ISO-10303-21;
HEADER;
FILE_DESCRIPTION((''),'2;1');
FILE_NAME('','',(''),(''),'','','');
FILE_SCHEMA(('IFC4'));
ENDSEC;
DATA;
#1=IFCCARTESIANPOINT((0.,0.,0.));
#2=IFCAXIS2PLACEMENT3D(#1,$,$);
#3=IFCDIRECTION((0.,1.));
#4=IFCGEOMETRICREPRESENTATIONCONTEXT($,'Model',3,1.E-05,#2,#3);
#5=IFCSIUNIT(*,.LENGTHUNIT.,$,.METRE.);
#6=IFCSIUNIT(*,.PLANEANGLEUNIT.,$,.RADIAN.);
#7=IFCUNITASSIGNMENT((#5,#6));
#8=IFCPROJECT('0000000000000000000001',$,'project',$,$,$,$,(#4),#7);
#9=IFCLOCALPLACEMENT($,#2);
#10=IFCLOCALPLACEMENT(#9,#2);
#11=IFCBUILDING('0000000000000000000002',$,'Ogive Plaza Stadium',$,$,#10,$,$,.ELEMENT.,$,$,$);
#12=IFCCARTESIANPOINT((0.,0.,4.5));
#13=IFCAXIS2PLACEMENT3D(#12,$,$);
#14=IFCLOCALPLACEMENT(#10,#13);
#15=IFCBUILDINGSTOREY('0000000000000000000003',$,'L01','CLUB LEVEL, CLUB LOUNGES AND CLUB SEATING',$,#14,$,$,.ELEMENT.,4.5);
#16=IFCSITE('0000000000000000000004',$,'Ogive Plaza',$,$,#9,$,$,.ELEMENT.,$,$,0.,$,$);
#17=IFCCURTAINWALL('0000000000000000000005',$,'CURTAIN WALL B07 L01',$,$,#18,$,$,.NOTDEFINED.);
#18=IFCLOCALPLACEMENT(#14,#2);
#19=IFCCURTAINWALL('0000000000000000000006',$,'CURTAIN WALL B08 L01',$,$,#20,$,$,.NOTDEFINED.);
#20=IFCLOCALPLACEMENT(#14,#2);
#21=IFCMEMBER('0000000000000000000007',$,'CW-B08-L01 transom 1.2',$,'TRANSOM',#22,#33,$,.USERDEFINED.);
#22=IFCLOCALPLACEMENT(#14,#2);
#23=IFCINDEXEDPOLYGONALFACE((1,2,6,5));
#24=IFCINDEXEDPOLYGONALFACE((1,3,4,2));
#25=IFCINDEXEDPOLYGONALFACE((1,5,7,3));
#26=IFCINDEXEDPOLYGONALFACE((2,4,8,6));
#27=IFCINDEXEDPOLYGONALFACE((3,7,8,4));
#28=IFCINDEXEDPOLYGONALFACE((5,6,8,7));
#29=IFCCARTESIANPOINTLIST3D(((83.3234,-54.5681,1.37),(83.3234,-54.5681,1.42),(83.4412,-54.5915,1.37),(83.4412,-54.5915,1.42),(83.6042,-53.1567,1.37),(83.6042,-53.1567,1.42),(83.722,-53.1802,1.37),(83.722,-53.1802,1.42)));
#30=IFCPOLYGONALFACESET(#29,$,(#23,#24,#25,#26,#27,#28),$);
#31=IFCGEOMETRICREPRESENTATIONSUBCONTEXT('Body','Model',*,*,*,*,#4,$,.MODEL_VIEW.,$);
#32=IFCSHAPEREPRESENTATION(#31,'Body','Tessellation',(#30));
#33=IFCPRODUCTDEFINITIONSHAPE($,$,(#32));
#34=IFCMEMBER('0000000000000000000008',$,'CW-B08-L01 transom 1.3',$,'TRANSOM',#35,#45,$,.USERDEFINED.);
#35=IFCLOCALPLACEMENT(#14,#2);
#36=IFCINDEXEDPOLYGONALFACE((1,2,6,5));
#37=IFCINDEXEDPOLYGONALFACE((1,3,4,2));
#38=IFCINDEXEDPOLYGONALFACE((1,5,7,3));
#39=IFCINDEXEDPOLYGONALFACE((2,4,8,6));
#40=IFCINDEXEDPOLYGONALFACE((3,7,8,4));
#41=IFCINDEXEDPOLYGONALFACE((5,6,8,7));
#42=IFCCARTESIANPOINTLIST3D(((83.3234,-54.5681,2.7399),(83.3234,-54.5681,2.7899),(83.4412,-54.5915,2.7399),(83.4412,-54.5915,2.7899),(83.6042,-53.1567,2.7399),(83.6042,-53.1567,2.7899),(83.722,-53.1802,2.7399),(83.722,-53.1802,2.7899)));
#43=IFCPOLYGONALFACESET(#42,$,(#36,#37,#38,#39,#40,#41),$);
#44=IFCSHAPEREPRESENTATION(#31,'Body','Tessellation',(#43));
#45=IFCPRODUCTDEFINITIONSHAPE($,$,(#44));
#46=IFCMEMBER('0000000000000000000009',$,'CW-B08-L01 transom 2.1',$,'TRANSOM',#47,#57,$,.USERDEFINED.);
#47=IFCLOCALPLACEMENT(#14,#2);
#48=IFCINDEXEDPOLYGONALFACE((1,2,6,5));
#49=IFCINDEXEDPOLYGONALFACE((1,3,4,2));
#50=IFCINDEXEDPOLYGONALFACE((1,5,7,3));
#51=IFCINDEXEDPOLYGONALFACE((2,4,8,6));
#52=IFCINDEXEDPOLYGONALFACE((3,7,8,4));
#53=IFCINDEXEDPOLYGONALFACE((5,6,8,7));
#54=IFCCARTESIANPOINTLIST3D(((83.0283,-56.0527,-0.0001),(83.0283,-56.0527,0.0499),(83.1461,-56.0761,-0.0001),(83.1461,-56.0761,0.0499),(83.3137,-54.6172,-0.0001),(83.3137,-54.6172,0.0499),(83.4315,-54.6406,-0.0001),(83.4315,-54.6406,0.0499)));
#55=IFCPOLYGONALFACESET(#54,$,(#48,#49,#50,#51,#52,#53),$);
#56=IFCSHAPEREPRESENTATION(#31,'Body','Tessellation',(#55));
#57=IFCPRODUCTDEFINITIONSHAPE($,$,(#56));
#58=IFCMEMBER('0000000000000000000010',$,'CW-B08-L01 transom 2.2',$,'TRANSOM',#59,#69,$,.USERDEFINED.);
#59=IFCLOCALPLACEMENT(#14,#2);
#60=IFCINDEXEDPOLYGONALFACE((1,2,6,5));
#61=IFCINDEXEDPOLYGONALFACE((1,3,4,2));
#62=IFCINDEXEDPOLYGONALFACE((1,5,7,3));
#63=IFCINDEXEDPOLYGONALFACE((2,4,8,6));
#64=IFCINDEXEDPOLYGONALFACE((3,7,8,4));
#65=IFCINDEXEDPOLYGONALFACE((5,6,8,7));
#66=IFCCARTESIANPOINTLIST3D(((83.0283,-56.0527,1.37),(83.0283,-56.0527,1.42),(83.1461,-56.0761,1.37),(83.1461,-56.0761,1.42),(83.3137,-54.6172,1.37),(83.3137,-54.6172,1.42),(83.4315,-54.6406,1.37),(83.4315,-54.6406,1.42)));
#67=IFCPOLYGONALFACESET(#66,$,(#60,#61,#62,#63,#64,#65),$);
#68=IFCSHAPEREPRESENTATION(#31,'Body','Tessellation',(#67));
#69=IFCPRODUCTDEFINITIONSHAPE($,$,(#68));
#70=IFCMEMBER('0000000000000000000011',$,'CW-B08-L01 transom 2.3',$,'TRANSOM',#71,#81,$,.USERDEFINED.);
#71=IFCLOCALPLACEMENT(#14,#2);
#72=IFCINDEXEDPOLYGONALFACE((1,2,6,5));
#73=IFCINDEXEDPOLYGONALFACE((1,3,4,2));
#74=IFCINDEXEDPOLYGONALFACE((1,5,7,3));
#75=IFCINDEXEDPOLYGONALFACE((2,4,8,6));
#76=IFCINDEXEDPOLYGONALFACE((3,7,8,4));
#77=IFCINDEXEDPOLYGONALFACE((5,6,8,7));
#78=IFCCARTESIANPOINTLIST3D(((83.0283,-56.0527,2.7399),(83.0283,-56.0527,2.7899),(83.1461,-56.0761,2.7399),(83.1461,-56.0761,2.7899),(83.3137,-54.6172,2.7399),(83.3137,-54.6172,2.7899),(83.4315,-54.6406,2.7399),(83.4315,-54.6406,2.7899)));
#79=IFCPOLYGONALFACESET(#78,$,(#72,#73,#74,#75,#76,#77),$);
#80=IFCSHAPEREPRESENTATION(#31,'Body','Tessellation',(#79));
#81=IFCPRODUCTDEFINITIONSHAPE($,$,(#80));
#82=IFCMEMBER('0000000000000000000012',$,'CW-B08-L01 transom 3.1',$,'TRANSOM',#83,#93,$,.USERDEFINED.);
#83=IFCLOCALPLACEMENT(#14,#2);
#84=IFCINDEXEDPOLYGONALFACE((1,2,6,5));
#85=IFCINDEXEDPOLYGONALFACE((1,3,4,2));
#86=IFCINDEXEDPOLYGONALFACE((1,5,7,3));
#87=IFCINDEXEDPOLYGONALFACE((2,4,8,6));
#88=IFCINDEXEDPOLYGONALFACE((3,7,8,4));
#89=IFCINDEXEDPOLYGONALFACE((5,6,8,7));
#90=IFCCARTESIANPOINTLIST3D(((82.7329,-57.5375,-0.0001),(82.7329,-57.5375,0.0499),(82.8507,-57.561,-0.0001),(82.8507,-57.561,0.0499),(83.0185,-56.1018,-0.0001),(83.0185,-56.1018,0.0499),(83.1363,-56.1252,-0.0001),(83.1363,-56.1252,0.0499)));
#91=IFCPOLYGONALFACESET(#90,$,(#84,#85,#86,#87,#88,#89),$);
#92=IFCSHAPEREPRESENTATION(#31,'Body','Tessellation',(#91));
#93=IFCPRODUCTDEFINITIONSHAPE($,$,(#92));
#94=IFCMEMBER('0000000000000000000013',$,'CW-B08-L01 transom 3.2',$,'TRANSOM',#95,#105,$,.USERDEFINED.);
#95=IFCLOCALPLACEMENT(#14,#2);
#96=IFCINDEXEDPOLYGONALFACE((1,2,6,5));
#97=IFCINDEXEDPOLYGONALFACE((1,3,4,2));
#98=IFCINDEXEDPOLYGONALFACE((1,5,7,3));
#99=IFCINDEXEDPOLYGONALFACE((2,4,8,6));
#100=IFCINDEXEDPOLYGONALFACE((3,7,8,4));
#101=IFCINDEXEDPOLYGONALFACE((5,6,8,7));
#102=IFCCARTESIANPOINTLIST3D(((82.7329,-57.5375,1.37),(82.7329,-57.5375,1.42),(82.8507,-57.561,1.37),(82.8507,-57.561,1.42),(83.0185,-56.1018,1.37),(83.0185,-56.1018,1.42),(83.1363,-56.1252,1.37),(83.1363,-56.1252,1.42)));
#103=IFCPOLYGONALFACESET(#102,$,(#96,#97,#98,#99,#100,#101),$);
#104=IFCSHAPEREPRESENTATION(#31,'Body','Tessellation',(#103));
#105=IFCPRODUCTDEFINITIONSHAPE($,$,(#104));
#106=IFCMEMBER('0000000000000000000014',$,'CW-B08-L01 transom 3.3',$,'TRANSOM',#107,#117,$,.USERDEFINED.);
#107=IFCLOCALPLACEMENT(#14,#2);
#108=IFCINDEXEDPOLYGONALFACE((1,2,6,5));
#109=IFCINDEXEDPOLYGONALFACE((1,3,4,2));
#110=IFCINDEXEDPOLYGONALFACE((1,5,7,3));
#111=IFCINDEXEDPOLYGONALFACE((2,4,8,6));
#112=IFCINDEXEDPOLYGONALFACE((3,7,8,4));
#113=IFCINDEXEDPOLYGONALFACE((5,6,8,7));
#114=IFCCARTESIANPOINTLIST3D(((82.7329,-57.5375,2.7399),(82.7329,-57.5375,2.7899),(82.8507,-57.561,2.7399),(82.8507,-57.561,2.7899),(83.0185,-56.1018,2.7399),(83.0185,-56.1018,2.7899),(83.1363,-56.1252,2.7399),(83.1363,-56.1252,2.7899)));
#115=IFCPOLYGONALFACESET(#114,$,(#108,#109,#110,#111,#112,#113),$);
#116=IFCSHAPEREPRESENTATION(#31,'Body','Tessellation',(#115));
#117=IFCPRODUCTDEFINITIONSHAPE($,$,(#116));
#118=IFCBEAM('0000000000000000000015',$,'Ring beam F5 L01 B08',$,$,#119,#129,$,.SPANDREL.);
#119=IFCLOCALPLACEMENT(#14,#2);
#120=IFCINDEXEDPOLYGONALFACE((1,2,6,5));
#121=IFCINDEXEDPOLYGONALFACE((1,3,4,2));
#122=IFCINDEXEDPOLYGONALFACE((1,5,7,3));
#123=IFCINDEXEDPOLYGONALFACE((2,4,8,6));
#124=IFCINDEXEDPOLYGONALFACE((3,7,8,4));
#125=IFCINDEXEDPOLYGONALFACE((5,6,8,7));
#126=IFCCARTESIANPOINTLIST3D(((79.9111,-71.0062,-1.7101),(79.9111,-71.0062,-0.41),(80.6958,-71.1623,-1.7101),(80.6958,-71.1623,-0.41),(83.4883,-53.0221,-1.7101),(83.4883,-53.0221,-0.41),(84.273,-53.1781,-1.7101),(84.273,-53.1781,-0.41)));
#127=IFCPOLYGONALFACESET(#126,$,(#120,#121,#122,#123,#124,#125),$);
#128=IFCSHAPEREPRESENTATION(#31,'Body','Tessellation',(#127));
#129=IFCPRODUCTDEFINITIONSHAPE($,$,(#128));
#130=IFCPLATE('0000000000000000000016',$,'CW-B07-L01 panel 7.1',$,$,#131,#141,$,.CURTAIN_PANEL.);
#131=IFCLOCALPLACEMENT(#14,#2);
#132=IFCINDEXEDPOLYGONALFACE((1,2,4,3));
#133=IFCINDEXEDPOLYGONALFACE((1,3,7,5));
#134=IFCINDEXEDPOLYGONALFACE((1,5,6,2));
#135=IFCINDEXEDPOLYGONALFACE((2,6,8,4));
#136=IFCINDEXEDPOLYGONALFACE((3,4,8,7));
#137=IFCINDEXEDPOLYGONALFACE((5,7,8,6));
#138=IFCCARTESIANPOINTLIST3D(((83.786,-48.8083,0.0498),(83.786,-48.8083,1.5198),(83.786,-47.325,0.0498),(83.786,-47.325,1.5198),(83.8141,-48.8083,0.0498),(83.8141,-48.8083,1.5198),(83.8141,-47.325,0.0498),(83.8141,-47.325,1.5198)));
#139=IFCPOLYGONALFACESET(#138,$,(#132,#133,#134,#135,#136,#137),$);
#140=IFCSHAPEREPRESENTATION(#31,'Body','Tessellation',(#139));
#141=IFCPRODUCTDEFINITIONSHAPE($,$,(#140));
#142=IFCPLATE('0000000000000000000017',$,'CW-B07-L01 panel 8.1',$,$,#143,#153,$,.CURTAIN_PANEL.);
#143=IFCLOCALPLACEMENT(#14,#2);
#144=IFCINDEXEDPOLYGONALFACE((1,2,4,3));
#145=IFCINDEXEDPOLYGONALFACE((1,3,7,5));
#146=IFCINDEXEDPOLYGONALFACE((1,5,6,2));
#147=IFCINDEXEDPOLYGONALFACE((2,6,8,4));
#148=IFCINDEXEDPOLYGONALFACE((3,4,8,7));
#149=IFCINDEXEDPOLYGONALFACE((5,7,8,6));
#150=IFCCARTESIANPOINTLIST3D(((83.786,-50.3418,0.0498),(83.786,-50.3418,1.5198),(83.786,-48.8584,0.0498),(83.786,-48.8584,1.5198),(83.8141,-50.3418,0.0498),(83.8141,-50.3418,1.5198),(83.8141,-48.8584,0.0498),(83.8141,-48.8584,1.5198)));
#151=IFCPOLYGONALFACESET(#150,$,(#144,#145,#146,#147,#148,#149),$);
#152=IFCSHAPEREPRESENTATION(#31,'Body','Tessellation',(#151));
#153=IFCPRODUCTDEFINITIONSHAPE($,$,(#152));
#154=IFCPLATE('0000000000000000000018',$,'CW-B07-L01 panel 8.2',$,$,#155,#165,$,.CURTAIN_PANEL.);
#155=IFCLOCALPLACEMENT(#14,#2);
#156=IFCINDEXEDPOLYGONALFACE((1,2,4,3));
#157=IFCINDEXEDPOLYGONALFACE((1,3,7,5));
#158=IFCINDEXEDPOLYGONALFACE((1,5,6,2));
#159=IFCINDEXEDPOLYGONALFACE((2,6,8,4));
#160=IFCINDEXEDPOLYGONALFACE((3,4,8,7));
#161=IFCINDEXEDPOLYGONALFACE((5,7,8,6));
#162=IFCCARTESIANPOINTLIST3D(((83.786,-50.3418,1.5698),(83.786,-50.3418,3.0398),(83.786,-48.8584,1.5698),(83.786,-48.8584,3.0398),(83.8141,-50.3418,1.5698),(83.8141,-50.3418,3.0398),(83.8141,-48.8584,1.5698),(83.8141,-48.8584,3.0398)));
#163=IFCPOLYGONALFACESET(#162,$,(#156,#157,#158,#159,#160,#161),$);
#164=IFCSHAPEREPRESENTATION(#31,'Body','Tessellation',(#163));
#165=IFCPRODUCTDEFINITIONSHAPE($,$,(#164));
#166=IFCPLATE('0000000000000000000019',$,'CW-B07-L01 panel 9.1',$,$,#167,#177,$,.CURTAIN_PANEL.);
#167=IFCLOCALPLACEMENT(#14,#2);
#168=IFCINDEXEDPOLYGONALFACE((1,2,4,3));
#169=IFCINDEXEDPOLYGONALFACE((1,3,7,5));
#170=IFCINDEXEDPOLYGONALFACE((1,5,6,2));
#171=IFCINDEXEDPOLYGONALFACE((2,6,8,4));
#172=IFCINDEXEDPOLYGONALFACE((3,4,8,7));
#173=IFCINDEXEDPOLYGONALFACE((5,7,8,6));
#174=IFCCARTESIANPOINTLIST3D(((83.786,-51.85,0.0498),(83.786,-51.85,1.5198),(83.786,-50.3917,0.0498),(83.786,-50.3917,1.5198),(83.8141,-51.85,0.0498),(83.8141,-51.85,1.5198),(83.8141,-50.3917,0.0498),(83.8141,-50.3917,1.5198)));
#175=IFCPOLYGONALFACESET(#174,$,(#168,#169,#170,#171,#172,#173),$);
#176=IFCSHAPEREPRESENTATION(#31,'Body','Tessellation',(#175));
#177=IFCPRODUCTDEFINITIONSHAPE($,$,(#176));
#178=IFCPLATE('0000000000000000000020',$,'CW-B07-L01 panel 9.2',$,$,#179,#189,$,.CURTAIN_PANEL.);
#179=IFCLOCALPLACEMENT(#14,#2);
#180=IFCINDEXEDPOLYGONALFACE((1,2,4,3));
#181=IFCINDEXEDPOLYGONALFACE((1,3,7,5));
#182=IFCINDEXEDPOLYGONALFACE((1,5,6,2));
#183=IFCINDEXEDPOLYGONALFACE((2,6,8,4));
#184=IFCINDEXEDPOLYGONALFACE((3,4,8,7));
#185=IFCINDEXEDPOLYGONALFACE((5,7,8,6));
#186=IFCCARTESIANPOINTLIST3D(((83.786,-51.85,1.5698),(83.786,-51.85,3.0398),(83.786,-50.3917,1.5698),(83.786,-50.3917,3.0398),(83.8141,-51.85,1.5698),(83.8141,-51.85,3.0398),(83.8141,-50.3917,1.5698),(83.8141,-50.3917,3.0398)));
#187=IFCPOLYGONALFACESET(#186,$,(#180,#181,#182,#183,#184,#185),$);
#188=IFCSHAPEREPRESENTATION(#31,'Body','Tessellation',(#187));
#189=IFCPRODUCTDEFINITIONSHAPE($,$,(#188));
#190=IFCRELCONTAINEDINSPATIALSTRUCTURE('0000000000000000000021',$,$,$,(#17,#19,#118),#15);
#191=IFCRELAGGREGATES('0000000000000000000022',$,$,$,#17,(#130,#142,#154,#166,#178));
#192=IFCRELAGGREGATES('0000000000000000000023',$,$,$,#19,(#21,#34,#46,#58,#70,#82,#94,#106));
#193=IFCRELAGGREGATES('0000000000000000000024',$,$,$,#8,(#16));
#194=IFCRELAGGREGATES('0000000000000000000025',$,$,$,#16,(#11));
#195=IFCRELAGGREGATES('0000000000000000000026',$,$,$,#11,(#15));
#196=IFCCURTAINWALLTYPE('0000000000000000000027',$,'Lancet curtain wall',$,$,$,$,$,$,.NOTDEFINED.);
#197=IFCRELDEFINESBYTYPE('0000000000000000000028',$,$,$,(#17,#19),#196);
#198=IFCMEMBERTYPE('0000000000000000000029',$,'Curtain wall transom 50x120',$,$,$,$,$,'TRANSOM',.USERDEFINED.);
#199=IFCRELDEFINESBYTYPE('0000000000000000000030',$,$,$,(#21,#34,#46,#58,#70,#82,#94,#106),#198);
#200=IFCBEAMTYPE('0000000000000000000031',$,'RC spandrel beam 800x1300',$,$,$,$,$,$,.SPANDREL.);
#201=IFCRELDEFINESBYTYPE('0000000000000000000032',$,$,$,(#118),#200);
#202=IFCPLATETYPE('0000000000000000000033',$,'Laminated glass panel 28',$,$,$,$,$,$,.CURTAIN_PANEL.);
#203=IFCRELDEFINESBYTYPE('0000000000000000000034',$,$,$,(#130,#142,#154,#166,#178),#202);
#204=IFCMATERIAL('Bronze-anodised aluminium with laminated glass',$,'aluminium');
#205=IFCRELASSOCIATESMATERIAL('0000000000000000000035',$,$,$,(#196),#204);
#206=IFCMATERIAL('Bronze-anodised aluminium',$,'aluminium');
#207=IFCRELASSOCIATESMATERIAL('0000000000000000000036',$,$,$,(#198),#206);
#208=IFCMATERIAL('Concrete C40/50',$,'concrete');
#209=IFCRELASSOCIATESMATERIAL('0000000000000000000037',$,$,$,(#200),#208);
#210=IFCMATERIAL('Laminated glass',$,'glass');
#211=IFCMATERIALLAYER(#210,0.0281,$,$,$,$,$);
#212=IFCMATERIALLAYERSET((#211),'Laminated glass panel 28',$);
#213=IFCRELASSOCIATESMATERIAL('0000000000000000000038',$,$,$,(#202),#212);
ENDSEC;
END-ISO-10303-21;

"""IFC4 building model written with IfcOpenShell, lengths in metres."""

from ifc_helpers import new_model, si_unit, direction, frame, origin, origin_2d, place, context, subcontext, project, spatial, rectangle, extrude, material, layer, layer_set, material_profile, profile_set, type_object, element, aggregate, save


model = new_model("IFC4")

# Units and contexts
model_context = context("Model", 3, precision=1e-05, world=origin(), true_north=direction((0.0, 1.0)))
body_context = subcontext(model_context, "Body", "Model", "MODEL_VIEW")
ifc_project = project(units=[si_unit("LENGTHUNIT", "METRE"), si_unit("PLANEANGLEUNIT", "RADIAN")], contexts=[model_context])

# Site, building, storey
site_placement = place(None, origin())
site = spatial("IfcSite", under=ifc_project, at=site_placement, Name="Ogive Plaza", CompositionType="ELEMENT", RefElevation=0.0)
building_placement = place(site_placement, origin())
building = spatial("IfcBuilding", under=site, at=building_placement, Name="Ogive Plaza Stadium", CompositionType="ELEMENT")
storey_placement = place(building_placement, frame((0.0, 0.0, 4.5)))
storey = spatial("IfcBuildingStorey", under=building, at=storey_placement, Name="L01", Description="CLUB LEVEL, CLUB LOUNGES AND CLUB SEATING", CompositionType="ELEMENT", Elevation=4.5)

# Curtain walls
ifc_material_1 = material(Name="Bronze-anodised aluminium with laminated glass", Category="aluminium")
curtain_wall_type = type_object("IfcCurtainWallType", Name="Lancet curtain wall", PredefinedType="NOTDEFINED", material=ifc_material_1)
curtain_wall_1_placement = place(storey_placement, origin())
curtain_wall_1 = element("IfcCurtainWall", 1, at=curtain_wall_1_placement, inside=storey, type_object=curtain_wall_type, Name="CURTAIN WALL B07 L01", PredefinedType="NOTDEFINED")
curtain_wall_2_placement = place(storey_placement, origin())
curtain_wall_2 = element("IfcCurtainWall", 2, at=curtain_wall_2_placement, inside=storey, type_object=curtain_wall_type, Name="CURTAIN WALL B08 L01", PredefinedType="NOTDEFINED")

# Members
ifc_material_2 = material(Name="Bronze-anodised aluminium", Category="aluminium")
ifc_material_profile_1 = material_profile(ifc_material_2, rectangle(XDim=0.1201, YDim=0.05, at=origin_2d()), Name="AL 120x50")
ifc_profile_set_1 = profile_set([ifc_material_profile_1], Name="Bronze-anodised aluminium")
member_type_1 = type_object("IfcMemberType", Name="Curtain wall transom 50x120", ElementType="TRANSOM", PredefinedType="USERDEFINED", material=ifc_profile_set_1)
member_1_placement = place(storey_placement, frame((83.6631, -53.1685, 1.395), z_axis=(-0.195105, -0.980782, 0.0), x_axis=(0.980782, -0.195105, 0.0)))
member_1 = element("IfcMember", 3, at=member_1_placement, type_object=member_type_1, Name="CW-B08-L01 transom 1.2", ObjectType="TRANSOM", PredefinedType="USERDEFINED", context=body_context, shape_type="SweptSolid", body=[
    extrude(rectangle(XDim=0.1201, YDim=0.05, at=origin_2d()), origin(), (0.0, 0.0, 1.0), 1.439),
])
member_2_placement = place(storey_placement, frame((83.6631, -53.1685, 2.7649), z_axis=(-0.195105, -0.980782, 0.0), x_axis=(0.980782, -0.195105, 0.0)))
member_2 = element("IfcMember", 4, at=member_2_placement, type_object=member_type_1, Name="CW-B08-L01 transom 1.3", ObjectType="TRANSOM", PredefinedType="USERDEFINED", context=body_context, shape_type="SweptSolid", body=[
    extrude(rectangle(XDim=0.1201, YDim=0.05, at=origin_2d()), origin(), (0.0, 0.0, 1.0), 1.439),
])
member_3_placement = place(storey_placement, frame((83.3726, -54.6289, 0.0249), z_axis=(-0.194993, -0.980805, 0.0), x_axis=(0.980805, -0.194993, 0.0)))
member_3 = element("IfcMember", 5, at=member_3_placement, type_object=member_type_1, Name="CW-B08-L01 transom 2.1", ObjectType="TRANSOM", PredefinedType="USERDEFINED", context=body_context, shape_type="SweptSolid", body=[
    extrude(rectangle(XDim=0.1201, YDim=0.05, at=origin_2d()), origin(), (0.0, 0.0, 1.0), 1.4636),
])
member_4_placement = place(storey_placement, frame((83.3726, -54.6289, 1.395), z_axis=(-0.194993, -0.980805, 0.0), x_axis=(0.980805, -0.194993, 0.0)))
member_4 = element("IfcMember", 6, at=member_4_placement, type_object=member_type_1, Name="CW-B08-L01 transom 2.2", ObjectType="TRANSOM", PredefinedType="USERDEFINED", context=body_context, shape_type="SweptSolid", body=[
    extrude(rectangle(XDim=0.1201, YDim=0.05, at=origin_2d()), origin(), (0.0, 0.0, 1.0), 1.4636),
])
member_5_placement = place(storey_placement, frame((83.3726, -54.6289, 2.7649), z_axis=(-0.194993, -0.980805, 0.0), x_axis=(0.980805, -0.194993, 0.0)))
member_5 = element("IfcMember", 7, at=member_5_placement, type_object=member_type_1, Name="CW-B08-L01 transom 2.3", ObjectType="TRANSOM", PredefinedType="USERDEFINED", context=body_context, shape_type="SweptSolid", body=[
    extrude(rectangle(XDim=0.1201, YDim=0.05, at=origin_2d()), origin(), (0.0, 0.0, 1.0), 1.4636),
])
member_6_placement = place(storey_placement, frame((83.0774, -56.1135, 0.0249), z_axis=(-0.195122, -0.980779, 0.0), x_axis=(0.980779, -0.195122, 0.0)))
member_6 = element("IfcMember", 8, at=member_6_placement, type_object=member_type_1, Name="CW-B08-L01 transom 3.1", ObjectType="TRANSOM", PredefinedType="USERDEFINED", context=body_context, shape_type="SweptSolid", body=[
    extrude(rectangle(XDim=0.1201, YDim=0.05, at=origin_2d()), origin(), (0.0, 0.0, 1.0), 1.4639),
])
member_7_placement = place(storey_placement, frame((83.0774, -56.1135, 1.395), z_axis=(-0.195122, -0.980779, 0.0), x_axis=(0.980779, -0.195122, 0.0)))
member_7 = element("IfcMember", 9, at=member_7_placement, type_object=member_type_1, Name="CW-B08-L01 transom 3.2", ObjectType="TRANSOM", PredefinedType="USERDEFINED", context=body_context, shape_type="SweptSolid", body=[
    extrude(rectangle(XDim=0.1201, YDim=0.05, at=origin_2d()), origin(), (0.0, 0.0, 1.0), 1.4639),
])
member_8_placement = place(storey_placement, frame((83.0774, -56.1135, 2.7649), z_axis=(-0.195122, -0.980779, 0.0), x_axis=(0.980779, -0.195122, 0.0)))
member_8 = element("IfcMember", 10, at=member_8_placement, type_object=member_type_1, Name="CW-B08-L01 transom 3.3", ObjectType="TRANSOM", PredefinedType="USERDEFINED", context=body_context, shape_type="SweptSolid", body=[
    extrude(rectangle(XDim=0.1201, YDim=0.05, at=origin_2d()), origin(), (0.0, 0.0, 1.0), 1.4639),
])

# Beam
ifc_material_3 = material(Name="Concrete C40/50", Category="concrete")
ifc_material_profile_2 = material_profile(ifc_material_3, rectangle(XDim=0.8, YDim=1.3, at=origin_2d()), Name="RC 800x1300")
ifc_profile_set_2 = profile_set([ifc_material_profile_2], Name="Concrete C40/50")
beam_type = type_object("IfcBeamType", Name="RC spandrel beam 800x1300", PredefinedType="SPANDREL", material=ifc_profile_set_2)
beam_placement = place(storey_placement, frame((83.8806, -53.1001, -1.0601), z_axis=(-0.195084, -0.980787, 0.0), x_axis=(0.980787, -0.195084, 0.0)))
element("IfcBeam", 11, at=beam_placement, inside=storey, type_object=beam_type, Name="Ring beam F5 L01 B08", PredefinedType="SPANDREL", context=body_context, shape_type="SweptSolid", body=[
    extrude(rectangle(XDim=0.8, YDim=1.3, at=origin_2d()), origin(), (0.0, 0.0, 1.0), 18.3364),
])

# Plates
ifc_material_4 = material(Name="Laminated glass", Category="glass")
ifc_layer = layer(ifc_material_4, 0.0281)
ifc_layer_set = layer_set([ifc_layer], Name="Laminated glass panel 28")
plate_type = type_object("IfcPlateType", Name="Laminated glass panel 28", PredefinedType="CURTAIN_PANEL", material=ifc_layer_set)
plate_1_placement = place(storey_placement, frame((83.8, -48.0667, 0.0498), z_axis=(0.0, 0.0, 1.0), x_axis=(0.0, -1.0, 0.0)))
plate_1 = element("IfcPlate", 12, at=plate_1_placement, type_object=plate_type, Name="CW-B07-L01 panel 7.1", PredefinedType="CURTAIN_PANEL", context=body_context, shape_type="SweptSolid", body=[
    extrude(rectangle(XDim=1.4834, YDim=0.0281, at=origin_2d()), origin(), (0.0, 0.0, 1.0), 1.47),
])
plate_2_placement = place(storey_placement, frame((83.8, -49.6001, 0.0498), z_axis=(0.0, 0.0, 1.0), x_axis=(0.0, -1.0, 0.0)))
plate_2 = element("IfcPlate", 13, at=plate_2_placement, type_object=plate_type, Name="CW-B07-L01 panel 8.1", PredefinedType="CURTAIN_PANEL", context=body_context, shape_type="SweptSolid", body=[
    extrude(rectangle(XDim=1.4834, YDim=0.0281, at=origin_2d()), origin(), (0.0, 0.0, 1.0), 1.47),
])
plate_3_placement = place(storey_placement, frame((83.8, -49.6001, 1.5698), z_axis=(0.0, 0.0, 1.0), x_axis=(0.0, -1.0, 0.0)))
plate_3 = element("IfcPlate", 14, at=plate_3_placement, type_object=plate_type, Name="CW-B07-L01 panel 8.2", PredefinedType="CURTAIN_PANEL", context=body_context, shape_type="SweptSolid", body=[
    extrude(rectangle(XDim=1.4834, YDim=0.0281, at=origin_2d()), origin(), (0.0, 0.0, 1.0), 1.47),
])
plate_4_placement = place(storey_placement, frame((83.8, -51.1208, 0.0498), z_axis=(0.0, 0.0, 1.0), x_axis=(0.0, -1.0, 0.0)))
plate_4 = element("IfcPlate", 15, at=plate_4_placement, type_object=plate_type, Name="CW-B07-L01 panel 9.1", PredefinedType="CURTAIN_PANEL", context=body_context, shape_type="SweptSolid", body=[
    extrude(rectangle(XDim=1.4583, YDim=0.0281, at=origin_2d()), origin(), (0.0, 0.0, 1.0), 1.47),
])
plate_5_placement = place(storey_placement, frame((83.8, -51.1208, 1.5698), z_axis=(0.0, 0.0, 1.0), x_axis=(0.0, -1.0, 0.0)))
plate_5 = element("IfcPlate", 16, at=plate_5_placement, type_object=plate_type, Name="CW-B07-L01 panel 9.2", PredefinedType="CURTAIN_PANEL", context=body_context, shape_type="SweptSolid", body=[
    extrude(rectangle(XDim=1.4583, YDim=0.0281, at=origin_2d()), origin(), (0.0, 0.0, 1.0), 1.47),
])
aggregate(curtain_wall_1, [plate_1, plate_2, plate_3, plate_4, plate_5])
aggregate(curtain_wall_2, [member_1, member_2, member_3, member_4, member_5, member_6, member_7, member_8])

save(model, "model.ifc")
